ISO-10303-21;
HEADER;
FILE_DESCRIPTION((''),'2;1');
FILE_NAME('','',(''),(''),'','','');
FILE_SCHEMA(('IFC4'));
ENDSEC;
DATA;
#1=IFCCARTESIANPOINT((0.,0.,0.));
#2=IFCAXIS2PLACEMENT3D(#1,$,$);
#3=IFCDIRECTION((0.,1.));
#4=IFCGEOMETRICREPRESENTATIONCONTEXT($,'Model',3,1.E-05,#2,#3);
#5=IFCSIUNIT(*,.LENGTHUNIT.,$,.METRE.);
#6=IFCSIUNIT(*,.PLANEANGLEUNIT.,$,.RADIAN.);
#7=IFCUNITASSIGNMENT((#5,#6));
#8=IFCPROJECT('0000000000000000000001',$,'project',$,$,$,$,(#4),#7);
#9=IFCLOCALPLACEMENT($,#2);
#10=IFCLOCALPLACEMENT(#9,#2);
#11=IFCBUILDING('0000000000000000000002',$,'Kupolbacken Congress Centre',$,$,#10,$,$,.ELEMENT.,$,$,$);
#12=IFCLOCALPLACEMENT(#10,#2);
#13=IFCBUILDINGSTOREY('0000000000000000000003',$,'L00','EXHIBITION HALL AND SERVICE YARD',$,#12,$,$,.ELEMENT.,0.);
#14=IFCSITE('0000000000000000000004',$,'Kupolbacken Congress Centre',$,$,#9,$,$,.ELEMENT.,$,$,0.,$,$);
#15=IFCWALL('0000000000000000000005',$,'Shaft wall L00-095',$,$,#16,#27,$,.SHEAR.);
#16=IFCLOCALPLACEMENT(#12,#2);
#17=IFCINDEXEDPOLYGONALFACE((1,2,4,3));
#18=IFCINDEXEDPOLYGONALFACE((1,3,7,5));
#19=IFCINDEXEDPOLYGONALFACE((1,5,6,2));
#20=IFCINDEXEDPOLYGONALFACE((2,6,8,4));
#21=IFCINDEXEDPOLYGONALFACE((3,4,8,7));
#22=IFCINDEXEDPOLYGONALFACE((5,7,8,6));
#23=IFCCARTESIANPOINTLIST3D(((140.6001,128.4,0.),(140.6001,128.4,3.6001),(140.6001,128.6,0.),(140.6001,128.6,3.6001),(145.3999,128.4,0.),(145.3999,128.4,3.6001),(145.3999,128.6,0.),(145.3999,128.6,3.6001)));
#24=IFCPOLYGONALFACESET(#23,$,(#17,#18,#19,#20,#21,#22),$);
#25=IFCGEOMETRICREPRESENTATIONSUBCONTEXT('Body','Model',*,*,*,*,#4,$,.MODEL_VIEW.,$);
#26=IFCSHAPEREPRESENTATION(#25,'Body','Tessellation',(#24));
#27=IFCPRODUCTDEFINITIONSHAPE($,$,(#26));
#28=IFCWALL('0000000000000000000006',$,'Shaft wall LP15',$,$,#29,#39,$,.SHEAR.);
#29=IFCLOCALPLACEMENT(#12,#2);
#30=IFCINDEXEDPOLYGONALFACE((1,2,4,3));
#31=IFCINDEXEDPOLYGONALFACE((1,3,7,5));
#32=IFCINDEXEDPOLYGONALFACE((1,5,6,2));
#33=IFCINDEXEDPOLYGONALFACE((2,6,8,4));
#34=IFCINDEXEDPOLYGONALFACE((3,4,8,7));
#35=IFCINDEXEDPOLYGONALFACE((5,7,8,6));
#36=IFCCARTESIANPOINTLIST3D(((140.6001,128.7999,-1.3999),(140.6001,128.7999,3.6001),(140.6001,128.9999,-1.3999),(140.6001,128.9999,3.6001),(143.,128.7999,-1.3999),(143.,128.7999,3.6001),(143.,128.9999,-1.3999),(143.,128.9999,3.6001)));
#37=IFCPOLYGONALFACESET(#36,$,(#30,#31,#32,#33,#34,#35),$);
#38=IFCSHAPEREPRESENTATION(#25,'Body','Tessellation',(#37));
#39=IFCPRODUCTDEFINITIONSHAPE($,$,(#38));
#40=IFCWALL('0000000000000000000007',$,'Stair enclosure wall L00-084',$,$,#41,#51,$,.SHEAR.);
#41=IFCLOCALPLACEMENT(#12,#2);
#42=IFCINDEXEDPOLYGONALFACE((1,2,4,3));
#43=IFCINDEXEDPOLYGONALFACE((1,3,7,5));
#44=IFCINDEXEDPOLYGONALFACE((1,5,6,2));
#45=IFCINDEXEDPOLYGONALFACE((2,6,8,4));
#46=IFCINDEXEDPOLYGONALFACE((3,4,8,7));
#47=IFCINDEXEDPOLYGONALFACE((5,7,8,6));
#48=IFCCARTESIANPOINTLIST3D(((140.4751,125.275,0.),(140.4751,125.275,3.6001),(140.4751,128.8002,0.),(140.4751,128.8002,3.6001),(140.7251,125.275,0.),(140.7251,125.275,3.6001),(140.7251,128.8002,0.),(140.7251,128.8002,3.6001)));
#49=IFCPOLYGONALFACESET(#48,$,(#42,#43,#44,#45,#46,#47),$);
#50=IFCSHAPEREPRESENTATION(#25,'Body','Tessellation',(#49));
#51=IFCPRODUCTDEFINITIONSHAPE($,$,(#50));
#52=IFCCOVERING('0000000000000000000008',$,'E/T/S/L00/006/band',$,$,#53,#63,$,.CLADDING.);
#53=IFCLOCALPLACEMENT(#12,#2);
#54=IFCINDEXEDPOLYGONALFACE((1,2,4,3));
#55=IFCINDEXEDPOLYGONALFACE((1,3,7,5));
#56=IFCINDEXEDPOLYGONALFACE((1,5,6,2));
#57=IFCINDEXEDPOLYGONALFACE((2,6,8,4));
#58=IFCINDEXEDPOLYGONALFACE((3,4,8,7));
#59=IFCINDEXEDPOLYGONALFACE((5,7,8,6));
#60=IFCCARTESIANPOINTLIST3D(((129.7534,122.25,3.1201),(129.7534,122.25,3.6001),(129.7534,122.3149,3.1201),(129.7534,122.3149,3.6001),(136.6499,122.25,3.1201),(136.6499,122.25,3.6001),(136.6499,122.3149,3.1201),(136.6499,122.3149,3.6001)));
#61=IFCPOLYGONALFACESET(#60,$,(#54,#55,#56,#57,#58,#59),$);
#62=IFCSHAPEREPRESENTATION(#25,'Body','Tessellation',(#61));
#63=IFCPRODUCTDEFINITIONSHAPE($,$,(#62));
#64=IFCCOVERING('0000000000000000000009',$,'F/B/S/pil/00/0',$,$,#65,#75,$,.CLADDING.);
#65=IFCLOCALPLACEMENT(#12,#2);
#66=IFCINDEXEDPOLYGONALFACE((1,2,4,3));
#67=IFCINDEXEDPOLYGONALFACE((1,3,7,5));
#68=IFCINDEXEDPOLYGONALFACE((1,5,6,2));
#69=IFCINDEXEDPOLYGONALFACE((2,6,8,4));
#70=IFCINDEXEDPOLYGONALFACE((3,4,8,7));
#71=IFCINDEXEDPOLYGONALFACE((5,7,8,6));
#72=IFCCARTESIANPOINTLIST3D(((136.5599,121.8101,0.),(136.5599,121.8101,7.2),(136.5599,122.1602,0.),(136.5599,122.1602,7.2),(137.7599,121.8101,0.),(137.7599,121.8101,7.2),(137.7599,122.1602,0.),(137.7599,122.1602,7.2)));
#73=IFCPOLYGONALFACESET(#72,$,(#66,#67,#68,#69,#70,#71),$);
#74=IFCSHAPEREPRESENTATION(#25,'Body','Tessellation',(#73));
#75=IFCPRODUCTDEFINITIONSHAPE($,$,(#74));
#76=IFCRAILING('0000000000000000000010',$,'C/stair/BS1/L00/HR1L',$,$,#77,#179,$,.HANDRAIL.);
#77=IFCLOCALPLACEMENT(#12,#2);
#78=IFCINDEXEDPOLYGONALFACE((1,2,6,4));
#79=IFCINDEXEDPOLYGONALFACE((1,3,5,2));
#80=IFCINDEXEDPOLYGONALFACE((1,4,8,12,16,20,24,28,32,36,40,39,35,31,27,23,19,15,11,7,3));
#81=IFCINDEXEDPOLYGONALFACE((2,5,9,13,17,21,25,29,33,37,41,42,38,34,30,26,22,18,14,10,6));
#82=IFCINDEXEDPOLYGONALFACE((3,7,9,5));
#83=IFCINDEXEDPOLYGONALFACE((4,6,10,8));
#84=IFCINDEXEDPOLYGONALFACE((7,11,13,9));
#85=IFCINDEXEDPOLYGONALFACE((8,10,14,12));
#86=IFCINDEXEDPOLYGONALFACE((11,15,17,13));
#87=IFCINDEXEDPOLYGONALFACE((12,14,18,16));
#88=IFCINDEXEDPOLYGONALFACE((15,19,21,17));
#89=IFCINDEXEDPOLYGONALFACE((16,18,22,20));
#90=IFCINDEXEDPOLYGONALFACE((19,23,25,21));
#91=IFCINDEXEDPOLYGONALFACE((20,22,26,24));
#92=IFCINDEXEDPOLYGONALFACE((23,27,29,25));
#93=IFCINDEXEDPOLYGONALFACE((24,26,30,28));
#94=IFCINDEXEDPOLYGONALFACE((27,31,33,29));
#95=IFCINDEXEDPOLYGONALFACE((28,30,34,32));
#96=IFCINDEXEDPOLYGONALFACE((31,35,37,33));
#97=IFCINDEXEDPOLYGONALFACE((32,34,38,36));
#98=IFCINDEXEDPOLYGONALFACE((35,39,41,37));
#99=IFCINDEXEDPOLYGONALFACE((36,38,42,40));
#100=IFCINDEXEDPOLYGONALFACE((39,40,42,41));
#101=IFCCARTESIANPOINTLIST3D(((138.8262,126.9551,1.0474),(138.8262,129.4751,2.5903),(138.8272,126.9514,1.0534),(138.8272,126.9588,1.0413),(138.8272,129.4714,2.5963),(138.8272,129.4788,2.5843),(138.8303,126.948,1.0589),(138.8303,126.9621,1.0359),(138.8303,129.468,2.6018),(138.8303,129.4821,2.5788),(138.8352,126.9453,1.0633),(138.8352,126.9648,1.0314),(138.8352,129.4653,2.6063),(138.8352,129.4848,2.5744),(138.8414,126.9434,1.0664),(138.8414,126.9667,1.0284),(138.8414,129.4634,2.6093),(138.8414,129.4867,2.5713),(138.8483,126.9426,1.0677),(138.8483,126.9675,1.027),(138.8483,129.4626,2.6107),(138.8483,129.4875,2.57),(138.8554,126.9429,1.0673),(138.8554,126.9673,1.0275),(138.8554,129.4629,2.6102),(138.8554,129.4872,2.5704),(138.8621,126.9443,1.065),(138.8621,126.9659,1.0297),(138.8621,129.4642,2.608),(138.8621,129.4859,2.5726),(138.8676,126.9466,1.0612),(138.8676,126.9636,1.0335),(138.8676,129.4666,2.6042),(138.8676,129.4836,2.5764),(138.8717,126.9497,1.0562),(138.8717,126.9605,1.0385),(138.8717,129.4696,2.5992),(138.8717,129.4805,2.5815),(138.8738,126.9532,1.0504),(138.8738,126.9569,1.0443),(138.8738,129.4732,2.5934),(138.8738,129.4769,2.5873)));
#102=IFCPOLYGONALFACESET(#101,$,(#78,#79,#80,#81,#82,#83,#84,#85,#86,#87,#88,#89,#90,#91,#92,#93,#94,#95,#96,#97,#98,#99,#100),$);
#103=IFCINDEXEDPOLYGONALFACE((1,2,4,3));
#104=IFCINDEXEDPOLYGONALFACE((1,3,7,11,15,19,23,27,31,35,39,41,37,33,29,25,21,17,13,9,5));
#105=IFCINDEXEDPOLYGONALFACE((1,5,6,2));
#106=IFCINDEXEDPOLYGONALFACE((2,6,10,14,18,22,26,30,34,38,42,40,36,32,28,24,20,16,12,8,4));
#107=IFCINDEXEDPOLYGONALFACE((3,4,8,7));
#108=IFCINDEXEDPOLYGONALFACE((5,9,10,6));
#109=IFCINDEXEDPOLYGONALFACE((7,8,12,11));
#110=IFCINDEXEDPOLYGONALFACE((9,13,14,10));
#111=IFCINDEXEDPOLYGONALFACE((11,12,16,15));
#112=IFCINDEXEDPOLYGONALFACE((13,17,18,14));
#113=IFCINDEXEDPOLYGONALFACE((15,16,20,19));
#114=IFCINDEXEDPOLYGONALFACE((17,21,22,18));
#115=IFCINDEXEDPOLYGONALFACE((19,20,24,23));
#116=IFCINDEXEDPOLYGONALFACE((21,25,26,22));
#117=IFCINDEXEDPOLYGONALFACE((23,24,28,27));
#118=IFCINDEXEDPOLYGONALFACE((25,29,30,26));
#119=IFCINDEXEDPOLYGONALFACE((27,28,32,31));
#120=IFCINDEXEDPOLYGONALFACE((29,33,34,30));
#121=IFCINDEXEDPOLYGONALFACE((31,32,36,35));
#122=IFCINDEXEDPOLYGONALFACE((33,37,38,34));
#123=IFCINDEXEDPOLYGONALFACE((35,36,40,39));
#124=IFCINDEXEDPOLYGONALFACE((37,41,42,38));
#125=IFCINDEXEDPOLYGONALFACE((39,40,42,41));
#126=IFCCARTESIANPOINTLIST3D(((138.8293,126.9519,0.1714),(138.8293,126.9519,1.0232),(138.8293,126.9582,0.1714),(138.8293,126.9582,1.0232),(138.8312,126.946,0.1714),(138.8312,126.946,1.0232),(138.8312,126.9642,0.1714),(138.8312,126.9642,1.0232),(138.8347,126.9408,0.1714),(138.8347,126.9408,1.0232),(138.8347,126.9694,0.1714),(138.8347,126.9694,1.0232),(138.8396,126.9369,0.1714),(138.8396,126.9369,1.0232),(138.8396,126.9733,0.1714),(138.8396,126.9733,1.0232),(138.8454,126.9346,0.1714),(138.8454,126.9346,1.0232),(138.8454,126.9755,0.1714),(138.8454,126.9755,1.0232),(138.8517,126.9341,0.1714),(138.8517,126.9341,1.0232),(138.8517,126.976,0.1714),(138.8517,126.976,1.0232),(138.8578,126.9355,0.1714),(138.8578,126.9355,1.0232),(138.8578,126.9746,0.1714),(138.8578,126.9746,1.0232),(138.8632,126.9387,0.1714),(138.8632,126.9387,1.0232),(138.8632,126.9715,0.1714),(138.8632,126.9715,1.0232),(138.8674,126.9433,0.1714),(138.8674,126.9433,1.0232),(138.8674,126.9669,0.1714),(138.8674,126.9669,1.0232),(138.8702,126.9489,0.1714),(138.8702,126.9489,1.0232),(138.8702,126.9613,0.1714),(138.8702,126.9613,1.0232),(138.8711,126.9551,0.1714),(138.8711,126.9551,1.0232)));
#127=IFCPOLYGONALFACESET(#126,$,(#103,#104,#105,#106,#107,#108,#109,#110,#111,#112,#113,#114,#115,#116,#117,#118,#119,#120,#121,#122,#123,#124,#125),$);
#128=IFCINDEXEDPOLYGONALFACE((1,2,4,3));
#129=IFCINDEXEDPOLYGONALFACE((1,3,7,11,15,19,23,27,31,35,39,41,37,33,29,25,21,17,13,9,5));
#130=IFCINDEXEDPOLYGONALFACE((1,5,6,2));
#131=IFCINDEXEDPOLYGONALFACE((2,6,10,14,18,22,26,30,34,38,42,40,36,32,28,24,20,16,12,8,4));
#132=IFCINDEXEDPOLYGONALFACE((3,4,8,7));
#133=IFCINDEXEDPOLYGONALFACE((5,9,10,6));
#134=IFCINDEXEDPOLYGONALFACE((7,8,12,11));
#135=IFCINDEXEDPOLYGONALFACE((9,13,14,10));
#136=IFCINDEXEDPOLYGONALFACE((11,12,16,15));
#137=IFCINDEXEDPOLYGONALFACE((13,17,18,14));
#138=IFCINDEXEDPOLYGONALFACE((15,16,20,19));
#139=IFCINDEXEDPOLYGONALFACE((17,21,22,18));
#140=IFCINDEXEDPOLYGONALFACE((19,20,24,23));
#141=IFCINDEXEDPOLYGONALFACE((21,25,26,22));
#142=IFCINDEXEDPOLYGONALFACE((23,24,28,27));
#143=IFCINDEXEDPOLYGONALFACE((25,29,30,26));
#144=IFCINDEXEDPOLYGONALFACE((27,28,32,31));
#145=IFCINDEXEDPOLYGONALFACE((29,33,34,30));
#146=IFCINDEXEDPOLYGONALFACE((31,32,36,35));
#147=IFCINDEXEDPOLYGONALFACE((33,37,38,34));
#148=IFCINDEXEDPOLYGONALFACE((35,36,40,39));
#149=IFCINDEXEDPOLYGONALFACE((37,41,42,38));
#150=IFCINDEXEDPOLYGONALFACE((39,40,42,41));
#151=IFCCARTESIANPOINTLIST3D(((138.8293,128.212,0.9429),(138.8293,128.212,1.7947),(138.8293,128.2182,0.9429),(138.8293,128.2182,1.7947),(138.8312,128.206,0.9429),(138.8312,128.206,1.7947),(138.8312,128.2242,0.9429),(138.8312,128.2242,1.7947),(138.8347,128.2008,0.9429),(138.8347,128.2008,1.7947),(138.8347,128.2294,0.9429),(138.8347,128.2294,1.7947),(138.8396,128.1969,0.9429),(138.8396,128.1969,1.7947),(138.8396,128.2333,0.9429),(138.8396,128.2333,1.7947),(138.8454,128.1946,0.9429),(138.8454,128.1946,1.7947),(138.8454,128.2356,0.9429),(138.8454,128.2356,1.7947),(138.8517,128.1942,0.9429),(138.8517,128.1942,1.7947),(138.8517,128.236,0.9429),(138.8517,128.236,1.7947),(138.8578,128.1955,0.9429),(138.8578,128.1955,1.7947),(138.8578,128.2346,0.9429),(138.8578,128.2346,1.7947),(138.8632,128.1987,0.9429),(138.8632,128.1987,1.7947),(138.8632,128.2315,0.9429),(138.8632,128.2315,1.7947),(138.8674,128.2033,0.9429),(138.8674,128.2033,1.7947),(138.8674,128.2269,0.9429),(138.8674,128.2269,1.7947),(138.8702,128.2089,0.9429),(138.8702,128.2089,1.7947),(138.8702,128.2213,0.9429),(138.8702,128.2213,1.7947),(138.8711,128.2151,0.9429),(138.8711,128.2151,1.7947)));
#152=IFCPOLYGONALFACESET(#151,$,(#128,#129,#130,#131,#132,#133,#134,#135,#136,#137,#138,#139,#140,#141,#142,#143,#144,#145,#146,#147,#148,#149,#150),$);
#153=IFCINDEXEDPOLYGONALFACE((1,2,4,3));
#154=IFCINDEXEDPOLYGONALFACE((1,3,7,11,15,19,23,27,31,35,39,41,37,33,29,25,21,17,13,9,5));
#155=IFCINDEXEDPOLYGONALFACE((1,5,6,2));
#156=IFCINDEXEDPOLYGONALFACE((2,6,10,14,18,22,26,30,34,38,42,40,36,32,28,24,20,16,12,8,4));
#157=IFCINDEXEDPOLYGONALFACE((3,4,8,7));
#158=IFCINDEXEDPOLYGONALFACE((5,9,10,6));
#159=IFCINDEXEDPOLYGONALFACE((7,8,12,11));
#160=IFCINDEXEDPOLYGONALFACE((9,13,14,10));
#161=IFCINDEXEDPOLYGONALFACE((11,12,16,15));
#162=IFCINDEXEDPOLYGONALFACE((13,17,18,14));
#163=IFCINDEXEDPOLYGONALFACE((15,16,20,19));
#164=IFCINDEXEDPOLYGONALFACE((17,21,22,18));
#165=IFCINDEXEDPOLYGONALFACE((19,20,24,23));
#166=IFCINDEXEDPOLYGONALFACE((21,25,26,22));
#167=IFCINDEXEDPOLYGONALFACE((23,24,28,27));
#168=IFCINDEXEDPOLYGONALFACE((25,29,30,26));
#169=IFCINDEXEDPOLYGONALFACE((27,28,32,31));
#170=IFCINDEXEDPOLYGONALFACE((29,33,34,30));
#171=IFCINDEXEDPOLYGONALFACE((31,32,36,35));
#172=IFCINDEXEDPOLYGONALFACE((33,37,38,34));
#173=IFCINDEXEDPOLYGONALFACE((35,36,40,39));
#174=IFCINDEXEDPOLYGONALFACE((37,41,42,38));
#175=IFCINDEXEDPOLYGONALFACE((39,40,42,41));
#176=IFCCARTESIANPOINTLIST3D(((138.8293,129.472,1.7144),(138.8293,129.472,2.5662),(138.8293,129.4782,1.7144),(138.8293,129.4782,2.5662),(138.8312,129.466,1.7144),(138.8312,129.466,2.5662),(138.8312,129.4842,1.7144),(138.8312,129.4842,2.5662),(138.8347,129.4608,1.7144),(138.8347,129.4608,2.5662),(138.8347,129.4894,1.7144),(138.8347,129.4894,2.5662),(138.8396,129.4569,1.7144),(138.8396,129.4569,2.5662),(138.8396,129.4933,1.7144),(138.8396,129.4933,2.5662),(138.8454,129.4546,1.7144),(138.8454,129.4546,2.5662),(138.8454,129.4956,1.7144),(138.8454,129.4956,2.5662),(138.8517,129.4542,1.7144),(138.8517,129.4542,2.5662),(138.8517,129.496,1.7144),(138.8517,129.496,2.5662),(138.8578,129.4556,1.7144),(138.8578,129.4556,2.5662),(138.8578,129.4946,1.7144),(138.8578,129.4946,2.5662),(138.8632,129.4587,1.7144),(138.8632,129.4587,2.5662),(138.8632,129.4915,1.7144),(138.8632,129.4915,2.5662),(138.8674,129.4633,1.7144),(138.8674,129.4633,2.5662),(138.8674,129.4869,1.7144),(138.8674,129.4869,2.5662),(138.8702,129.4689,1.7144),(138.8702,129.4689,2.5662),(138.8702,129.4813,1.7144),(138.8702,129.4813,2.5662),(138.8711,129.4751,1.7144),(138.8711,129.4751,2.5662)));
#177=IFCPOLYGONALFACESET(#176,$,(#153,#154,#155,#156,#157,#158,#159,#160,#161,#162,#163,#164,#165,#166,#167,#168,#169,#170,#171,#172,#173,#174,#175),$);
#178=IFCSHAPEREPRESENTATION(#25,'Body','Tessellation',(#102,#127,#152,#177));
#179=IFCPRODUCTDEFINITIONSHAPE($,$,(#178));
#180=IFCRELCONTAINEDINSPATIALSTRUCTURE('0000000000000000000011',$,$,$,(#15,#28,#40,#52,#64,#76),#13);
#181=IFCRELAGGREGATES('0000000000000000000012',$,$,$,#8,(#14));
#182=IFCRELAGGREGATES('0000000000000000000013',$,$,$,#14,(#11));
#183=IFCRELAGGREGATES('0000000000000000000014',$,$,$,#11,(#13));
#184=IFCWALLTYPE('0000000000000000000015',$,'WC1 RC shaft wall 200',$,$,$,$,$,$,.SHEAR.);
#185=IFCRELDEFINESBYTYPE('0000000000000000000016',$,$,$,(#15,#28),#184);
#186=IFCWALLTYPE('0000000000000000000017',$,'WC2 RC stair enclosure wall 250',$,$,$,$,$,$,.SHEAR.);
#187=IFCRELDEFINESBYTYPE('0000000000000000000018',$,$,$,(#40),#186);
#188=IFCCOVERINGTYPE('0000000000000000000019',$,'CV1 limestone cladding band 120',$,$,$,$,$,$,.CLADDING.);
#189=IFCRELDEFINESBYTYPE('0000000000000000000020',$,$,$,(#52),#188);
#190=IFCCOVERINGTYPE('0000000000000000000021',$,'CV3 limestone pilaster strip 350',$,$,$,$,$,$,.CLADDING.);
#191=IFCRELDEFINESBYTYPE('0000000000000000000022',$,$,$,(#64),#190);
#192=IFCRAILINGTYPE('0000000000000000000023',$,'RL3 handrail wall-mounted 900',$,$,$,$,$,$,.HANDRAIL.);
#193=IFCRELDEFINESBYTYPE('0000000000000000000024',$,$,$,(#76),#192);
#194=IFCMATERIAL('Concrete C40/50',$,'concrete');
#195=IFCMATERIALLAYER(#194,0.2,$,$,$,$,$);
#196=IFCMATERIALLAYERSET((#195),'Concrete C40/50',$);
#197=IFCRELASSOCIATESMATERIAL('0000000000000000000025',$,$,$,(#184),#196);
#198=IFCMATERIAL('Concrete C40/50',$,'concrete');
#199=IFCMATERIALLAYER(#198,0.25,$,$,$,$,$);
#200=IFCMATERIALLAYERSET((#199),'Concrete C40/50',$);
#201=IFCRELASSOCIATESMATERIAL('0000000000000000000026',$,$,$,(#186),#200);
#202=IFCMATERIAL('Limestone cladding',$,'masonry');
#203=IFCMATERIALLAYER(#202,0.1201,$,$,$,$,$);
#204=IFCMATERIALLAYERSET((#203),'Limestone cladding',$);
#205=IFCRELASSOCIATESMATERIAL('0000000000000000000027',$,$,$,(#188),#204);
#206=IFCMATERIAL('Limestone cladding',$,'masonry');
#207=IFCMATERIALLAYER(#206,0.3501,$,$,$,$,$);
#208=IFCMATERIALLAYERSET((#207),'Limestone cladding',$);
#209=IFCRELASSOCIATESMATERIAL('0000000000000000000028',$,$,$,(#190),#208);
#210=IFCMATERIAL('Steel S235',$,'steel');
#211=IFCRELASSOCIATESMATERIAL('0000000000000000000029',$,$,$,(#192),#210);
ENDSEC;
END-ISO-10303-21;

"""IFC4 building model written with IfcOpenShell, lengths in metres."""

from ifc_helpers import new_model, si_unit, direction, frame, frame_2d, origin, origin_2d, place, context, subcontext, project, spatial, rectangle, circle, extrude, material, layer, layer_set, type_object, element, save


model = new_model("IFC4")

# Units and contexts
model_context = context("Model", 3, precision=1e-05, world=origin(), true_north=direction((0.0, 1.0)))
body_context = subcontext(model_context, "Body", "Model", "MODEL_VIEW")
ifc_project = project(units=[si_unit("LENGTHUNIT", "METRE"), si_unit("PLANEANGLEUNIT", "RADIAN")], contexts=[model_context])

# Site, building, storey
site_placement = place(None, origin())
site = spatial("IfcSite", under=ifc_project, at=site_placement, Name="Kupolbacken Congress Centre", CompositionType="ELEMENT", RefElevation=0.0)
building_placement = place(site_placement, origin())
building = spatial("IfcBuilding", under=site, at=building_placement, Name="Kupolbacken Congress Centre", CompositionType="ELEMENT")
storey_placement = place(building_placement, origin())
storey = spatial("IfcBuildingStorey", under=building, at=storey_placement, Name="L00", Description="EXHIBITION HALL AND SERVICE YARD", CompositionType="ELEMENT", Elevation=0.0)

# Shared definitions
ifc_material_1 = material(Name="Concrete C40/50", Category="concrete")
ifc_layer_1 = layer(ifc_material_1, 0.2)
ifc_layer_set_1 = layer_set([ifc_layer_1], Name="Concrete C40/50")
wall_type_1 = type_object("IfcWallType", Name="WC1 RC shaft wall 200", PredefinedType="SHEAR", material=ifc_layer_set_1)

# Walls
wall_1_placement = place(storey_placement, frame((140.6001, 128.5, 0.0), z_axis=(0.0, 0.0, 1.0), x_axis=(1.0, 0.0, 0.0)))
element("IfcWall", 1, at=wall_1_placement, inside=storey, type_object=wall_type_1, Name="Shaft wall L00-095", PredefinedType="SHEAR", context=body_context, shape_type="SweptSolid", body=[
    extrude(rectangle(XDim=4.7998, YDim=0.2, at=frame_2d((2.3999, 0.0))), origin(), (0.0, 0.0, 1.0), 3.6001),
])
wall_2_placement = place(storey_placement, frame((140.6001, 128.8999, -1.3999), z_axis=(0.0, 0.0, 1.0), x_axis=(1.0, 0.0, 0.0)))
element("IfcWall", 2, at=wall_2_placement, inside=storey, type_object=wall_type_1, Name="Shaft wall LP15", PredefinedType="SHEAR", context=body_context, shape_type="SweptSolid", body=[
    extrude(rectangle(XDim=2.3999, YDim=0.2, at=frame_2d((1.2, 0.0))), origin(), (0.0, 0.0, 1.0), 5.0),
])

# Shared definitions
ifc_material_2 = material(Name="Concrete C40/50", Category="concrete")
ifc_layer_2 = layer(ifc_material_2, 0.25)
ifc_layer_set_2 = layer_set([ifc_layer_2], Name="Concrete C40/50")
wall_type_2 = type_object("IfcWallType", Name="WC2 RC stair enclosure wall 250", PredefinedType="SHEAR", material=ifc_layer_set_2)

# Wall
wall_3_placement = place(storey_placement, frame((140.6001, 125.2749, 0.0), z_axis=(0.0, 0.0, 1.0), x_axis=(0.0, 1.0, 0.0)))
element("IfcWall", 3, at=wall_3_placement, inside=storey, type_object=wall_type_2, Name="Stair enclosure wall L00-084", PredefinedType="SHEAR", context=body_context, shape_type="SweptSolid", body=[
    extrude(rectangle(XDim=3.5251, YDim=0.25, at=frame_2d((1.7627, 0.0))), origin(), (0.0, 0.0, 1.0), 3.6001),
])

# Coverings
ifc_material_3 = material(Name="Limestone cladding", Category="masonry")
ifc_layer_3 = layer(ifc_material_3, 0.1201)
ifc_layer_set_3 = layer_set([ifc_layer_3], Name="Limestone cladding")
covering_type_1 = type_object("IfcCoveringType", Name="CV1 limestone cladding band 120", PredefinedType="CLADDING", material=ifc_layer_set_3)
covering_1_placement = place(storey_placement, frame((133.2017, 122.2825, 3.1201), z_axis=(0.0, 0.0, 1.0), x_axis=(1.0, 0.0, 0.0)))
element("IfcCovering", 4, at=covering_1_placement, inside=storey, type_object=covering_type_1, Name="E/T/S/L00/006/band", PredefinedType="CLADDING", context=body_context, shape_type="SweptSolid", body=[
    extrude(rectangle(XDim=6.8965, YDim=0.0649, at=origin_2d()), origin(), (0.0, 0.0, 1.0), 0.48),
])
ifc_material_4 = material(Name="Limestone cladding", Category="masonry")
ifc_layer_4 = layer(ifc_material_4, 0.3501)
ifc_layer_set_4 = layer_set([ifc_layer_4], Name="Limestone cladding")
covering_type_2 = type_object("IfcCoveringType", Name="CV3 limestone pilaster strip 350", PredefinedType="CLADDING", material=ifc_layer_set_4)
covering_2_placement = place(storey_placement, frame((137.1599, 121.9851, 0.0), z_axis=(0.0, 0.0, 1.0), x_axis=(1.0, 0.0, 0.0)))
element("IfcCovering", 5, at=covering_2_placement, inside=storey, type_object=covering_type_2, Name="F/B/S/pil/00/0", PredefinedType="CLADDING", context=body_context, shape_type="SweptSolid", body=[
    extrude(rectangle(XDim=1.2, YDim=0.3501, at=origin_2d()), origin(), (0.0, 0.0, 1.0), 7.2),
])

# Railing
ifc_material_5 = material(Name="Steel S235", Category="steel")
railing_type = type_object("IfcRailingType", Name="RL3 handrail wall-mounted 900", PredefinedType="HANDRAIL", material=ifc_material_5)
for number, where, name in (
    (6, (138.8501, 126.9551, 0.1714), "C/stair/BS1/L00/HR1L"),
):
    element("IfcRailing", number, at=place(storey_placement, frame(where)), inside=storey, type_object=railing_type, Name=name, PredefinedType="HANDRAIL", context=body_context, shape_type="SweptSolid", body=[
        extrude(circle(Radius=0.0239, at=origin_2d()), frame((0.0, 0.0, 0.876), z_axis=(0.0, 0.852836, 0.522178), x_axis=(-1.0, 0.0, 0.0)), (0.0, 0.0, 1.0), 2.9548),
        extrude(circle(Radius=0.021, at=origin_2d()), origin(), (0.0, 0.0, 1.0), 0.8518),
        extrude(circle(Radius=0.021, at=origin_2d()), frame((0.0, 1.26, 0.7715)), (0.0, 0.0, 1.0), 0.8518),
        extrude(circle(Radius=0.021, at=origin_2d()), frame((0.0, 2.52, 1.543)), (0.0, 0.0, 1.0), 0.8518),
    ])

save(model, "model.ifc")
